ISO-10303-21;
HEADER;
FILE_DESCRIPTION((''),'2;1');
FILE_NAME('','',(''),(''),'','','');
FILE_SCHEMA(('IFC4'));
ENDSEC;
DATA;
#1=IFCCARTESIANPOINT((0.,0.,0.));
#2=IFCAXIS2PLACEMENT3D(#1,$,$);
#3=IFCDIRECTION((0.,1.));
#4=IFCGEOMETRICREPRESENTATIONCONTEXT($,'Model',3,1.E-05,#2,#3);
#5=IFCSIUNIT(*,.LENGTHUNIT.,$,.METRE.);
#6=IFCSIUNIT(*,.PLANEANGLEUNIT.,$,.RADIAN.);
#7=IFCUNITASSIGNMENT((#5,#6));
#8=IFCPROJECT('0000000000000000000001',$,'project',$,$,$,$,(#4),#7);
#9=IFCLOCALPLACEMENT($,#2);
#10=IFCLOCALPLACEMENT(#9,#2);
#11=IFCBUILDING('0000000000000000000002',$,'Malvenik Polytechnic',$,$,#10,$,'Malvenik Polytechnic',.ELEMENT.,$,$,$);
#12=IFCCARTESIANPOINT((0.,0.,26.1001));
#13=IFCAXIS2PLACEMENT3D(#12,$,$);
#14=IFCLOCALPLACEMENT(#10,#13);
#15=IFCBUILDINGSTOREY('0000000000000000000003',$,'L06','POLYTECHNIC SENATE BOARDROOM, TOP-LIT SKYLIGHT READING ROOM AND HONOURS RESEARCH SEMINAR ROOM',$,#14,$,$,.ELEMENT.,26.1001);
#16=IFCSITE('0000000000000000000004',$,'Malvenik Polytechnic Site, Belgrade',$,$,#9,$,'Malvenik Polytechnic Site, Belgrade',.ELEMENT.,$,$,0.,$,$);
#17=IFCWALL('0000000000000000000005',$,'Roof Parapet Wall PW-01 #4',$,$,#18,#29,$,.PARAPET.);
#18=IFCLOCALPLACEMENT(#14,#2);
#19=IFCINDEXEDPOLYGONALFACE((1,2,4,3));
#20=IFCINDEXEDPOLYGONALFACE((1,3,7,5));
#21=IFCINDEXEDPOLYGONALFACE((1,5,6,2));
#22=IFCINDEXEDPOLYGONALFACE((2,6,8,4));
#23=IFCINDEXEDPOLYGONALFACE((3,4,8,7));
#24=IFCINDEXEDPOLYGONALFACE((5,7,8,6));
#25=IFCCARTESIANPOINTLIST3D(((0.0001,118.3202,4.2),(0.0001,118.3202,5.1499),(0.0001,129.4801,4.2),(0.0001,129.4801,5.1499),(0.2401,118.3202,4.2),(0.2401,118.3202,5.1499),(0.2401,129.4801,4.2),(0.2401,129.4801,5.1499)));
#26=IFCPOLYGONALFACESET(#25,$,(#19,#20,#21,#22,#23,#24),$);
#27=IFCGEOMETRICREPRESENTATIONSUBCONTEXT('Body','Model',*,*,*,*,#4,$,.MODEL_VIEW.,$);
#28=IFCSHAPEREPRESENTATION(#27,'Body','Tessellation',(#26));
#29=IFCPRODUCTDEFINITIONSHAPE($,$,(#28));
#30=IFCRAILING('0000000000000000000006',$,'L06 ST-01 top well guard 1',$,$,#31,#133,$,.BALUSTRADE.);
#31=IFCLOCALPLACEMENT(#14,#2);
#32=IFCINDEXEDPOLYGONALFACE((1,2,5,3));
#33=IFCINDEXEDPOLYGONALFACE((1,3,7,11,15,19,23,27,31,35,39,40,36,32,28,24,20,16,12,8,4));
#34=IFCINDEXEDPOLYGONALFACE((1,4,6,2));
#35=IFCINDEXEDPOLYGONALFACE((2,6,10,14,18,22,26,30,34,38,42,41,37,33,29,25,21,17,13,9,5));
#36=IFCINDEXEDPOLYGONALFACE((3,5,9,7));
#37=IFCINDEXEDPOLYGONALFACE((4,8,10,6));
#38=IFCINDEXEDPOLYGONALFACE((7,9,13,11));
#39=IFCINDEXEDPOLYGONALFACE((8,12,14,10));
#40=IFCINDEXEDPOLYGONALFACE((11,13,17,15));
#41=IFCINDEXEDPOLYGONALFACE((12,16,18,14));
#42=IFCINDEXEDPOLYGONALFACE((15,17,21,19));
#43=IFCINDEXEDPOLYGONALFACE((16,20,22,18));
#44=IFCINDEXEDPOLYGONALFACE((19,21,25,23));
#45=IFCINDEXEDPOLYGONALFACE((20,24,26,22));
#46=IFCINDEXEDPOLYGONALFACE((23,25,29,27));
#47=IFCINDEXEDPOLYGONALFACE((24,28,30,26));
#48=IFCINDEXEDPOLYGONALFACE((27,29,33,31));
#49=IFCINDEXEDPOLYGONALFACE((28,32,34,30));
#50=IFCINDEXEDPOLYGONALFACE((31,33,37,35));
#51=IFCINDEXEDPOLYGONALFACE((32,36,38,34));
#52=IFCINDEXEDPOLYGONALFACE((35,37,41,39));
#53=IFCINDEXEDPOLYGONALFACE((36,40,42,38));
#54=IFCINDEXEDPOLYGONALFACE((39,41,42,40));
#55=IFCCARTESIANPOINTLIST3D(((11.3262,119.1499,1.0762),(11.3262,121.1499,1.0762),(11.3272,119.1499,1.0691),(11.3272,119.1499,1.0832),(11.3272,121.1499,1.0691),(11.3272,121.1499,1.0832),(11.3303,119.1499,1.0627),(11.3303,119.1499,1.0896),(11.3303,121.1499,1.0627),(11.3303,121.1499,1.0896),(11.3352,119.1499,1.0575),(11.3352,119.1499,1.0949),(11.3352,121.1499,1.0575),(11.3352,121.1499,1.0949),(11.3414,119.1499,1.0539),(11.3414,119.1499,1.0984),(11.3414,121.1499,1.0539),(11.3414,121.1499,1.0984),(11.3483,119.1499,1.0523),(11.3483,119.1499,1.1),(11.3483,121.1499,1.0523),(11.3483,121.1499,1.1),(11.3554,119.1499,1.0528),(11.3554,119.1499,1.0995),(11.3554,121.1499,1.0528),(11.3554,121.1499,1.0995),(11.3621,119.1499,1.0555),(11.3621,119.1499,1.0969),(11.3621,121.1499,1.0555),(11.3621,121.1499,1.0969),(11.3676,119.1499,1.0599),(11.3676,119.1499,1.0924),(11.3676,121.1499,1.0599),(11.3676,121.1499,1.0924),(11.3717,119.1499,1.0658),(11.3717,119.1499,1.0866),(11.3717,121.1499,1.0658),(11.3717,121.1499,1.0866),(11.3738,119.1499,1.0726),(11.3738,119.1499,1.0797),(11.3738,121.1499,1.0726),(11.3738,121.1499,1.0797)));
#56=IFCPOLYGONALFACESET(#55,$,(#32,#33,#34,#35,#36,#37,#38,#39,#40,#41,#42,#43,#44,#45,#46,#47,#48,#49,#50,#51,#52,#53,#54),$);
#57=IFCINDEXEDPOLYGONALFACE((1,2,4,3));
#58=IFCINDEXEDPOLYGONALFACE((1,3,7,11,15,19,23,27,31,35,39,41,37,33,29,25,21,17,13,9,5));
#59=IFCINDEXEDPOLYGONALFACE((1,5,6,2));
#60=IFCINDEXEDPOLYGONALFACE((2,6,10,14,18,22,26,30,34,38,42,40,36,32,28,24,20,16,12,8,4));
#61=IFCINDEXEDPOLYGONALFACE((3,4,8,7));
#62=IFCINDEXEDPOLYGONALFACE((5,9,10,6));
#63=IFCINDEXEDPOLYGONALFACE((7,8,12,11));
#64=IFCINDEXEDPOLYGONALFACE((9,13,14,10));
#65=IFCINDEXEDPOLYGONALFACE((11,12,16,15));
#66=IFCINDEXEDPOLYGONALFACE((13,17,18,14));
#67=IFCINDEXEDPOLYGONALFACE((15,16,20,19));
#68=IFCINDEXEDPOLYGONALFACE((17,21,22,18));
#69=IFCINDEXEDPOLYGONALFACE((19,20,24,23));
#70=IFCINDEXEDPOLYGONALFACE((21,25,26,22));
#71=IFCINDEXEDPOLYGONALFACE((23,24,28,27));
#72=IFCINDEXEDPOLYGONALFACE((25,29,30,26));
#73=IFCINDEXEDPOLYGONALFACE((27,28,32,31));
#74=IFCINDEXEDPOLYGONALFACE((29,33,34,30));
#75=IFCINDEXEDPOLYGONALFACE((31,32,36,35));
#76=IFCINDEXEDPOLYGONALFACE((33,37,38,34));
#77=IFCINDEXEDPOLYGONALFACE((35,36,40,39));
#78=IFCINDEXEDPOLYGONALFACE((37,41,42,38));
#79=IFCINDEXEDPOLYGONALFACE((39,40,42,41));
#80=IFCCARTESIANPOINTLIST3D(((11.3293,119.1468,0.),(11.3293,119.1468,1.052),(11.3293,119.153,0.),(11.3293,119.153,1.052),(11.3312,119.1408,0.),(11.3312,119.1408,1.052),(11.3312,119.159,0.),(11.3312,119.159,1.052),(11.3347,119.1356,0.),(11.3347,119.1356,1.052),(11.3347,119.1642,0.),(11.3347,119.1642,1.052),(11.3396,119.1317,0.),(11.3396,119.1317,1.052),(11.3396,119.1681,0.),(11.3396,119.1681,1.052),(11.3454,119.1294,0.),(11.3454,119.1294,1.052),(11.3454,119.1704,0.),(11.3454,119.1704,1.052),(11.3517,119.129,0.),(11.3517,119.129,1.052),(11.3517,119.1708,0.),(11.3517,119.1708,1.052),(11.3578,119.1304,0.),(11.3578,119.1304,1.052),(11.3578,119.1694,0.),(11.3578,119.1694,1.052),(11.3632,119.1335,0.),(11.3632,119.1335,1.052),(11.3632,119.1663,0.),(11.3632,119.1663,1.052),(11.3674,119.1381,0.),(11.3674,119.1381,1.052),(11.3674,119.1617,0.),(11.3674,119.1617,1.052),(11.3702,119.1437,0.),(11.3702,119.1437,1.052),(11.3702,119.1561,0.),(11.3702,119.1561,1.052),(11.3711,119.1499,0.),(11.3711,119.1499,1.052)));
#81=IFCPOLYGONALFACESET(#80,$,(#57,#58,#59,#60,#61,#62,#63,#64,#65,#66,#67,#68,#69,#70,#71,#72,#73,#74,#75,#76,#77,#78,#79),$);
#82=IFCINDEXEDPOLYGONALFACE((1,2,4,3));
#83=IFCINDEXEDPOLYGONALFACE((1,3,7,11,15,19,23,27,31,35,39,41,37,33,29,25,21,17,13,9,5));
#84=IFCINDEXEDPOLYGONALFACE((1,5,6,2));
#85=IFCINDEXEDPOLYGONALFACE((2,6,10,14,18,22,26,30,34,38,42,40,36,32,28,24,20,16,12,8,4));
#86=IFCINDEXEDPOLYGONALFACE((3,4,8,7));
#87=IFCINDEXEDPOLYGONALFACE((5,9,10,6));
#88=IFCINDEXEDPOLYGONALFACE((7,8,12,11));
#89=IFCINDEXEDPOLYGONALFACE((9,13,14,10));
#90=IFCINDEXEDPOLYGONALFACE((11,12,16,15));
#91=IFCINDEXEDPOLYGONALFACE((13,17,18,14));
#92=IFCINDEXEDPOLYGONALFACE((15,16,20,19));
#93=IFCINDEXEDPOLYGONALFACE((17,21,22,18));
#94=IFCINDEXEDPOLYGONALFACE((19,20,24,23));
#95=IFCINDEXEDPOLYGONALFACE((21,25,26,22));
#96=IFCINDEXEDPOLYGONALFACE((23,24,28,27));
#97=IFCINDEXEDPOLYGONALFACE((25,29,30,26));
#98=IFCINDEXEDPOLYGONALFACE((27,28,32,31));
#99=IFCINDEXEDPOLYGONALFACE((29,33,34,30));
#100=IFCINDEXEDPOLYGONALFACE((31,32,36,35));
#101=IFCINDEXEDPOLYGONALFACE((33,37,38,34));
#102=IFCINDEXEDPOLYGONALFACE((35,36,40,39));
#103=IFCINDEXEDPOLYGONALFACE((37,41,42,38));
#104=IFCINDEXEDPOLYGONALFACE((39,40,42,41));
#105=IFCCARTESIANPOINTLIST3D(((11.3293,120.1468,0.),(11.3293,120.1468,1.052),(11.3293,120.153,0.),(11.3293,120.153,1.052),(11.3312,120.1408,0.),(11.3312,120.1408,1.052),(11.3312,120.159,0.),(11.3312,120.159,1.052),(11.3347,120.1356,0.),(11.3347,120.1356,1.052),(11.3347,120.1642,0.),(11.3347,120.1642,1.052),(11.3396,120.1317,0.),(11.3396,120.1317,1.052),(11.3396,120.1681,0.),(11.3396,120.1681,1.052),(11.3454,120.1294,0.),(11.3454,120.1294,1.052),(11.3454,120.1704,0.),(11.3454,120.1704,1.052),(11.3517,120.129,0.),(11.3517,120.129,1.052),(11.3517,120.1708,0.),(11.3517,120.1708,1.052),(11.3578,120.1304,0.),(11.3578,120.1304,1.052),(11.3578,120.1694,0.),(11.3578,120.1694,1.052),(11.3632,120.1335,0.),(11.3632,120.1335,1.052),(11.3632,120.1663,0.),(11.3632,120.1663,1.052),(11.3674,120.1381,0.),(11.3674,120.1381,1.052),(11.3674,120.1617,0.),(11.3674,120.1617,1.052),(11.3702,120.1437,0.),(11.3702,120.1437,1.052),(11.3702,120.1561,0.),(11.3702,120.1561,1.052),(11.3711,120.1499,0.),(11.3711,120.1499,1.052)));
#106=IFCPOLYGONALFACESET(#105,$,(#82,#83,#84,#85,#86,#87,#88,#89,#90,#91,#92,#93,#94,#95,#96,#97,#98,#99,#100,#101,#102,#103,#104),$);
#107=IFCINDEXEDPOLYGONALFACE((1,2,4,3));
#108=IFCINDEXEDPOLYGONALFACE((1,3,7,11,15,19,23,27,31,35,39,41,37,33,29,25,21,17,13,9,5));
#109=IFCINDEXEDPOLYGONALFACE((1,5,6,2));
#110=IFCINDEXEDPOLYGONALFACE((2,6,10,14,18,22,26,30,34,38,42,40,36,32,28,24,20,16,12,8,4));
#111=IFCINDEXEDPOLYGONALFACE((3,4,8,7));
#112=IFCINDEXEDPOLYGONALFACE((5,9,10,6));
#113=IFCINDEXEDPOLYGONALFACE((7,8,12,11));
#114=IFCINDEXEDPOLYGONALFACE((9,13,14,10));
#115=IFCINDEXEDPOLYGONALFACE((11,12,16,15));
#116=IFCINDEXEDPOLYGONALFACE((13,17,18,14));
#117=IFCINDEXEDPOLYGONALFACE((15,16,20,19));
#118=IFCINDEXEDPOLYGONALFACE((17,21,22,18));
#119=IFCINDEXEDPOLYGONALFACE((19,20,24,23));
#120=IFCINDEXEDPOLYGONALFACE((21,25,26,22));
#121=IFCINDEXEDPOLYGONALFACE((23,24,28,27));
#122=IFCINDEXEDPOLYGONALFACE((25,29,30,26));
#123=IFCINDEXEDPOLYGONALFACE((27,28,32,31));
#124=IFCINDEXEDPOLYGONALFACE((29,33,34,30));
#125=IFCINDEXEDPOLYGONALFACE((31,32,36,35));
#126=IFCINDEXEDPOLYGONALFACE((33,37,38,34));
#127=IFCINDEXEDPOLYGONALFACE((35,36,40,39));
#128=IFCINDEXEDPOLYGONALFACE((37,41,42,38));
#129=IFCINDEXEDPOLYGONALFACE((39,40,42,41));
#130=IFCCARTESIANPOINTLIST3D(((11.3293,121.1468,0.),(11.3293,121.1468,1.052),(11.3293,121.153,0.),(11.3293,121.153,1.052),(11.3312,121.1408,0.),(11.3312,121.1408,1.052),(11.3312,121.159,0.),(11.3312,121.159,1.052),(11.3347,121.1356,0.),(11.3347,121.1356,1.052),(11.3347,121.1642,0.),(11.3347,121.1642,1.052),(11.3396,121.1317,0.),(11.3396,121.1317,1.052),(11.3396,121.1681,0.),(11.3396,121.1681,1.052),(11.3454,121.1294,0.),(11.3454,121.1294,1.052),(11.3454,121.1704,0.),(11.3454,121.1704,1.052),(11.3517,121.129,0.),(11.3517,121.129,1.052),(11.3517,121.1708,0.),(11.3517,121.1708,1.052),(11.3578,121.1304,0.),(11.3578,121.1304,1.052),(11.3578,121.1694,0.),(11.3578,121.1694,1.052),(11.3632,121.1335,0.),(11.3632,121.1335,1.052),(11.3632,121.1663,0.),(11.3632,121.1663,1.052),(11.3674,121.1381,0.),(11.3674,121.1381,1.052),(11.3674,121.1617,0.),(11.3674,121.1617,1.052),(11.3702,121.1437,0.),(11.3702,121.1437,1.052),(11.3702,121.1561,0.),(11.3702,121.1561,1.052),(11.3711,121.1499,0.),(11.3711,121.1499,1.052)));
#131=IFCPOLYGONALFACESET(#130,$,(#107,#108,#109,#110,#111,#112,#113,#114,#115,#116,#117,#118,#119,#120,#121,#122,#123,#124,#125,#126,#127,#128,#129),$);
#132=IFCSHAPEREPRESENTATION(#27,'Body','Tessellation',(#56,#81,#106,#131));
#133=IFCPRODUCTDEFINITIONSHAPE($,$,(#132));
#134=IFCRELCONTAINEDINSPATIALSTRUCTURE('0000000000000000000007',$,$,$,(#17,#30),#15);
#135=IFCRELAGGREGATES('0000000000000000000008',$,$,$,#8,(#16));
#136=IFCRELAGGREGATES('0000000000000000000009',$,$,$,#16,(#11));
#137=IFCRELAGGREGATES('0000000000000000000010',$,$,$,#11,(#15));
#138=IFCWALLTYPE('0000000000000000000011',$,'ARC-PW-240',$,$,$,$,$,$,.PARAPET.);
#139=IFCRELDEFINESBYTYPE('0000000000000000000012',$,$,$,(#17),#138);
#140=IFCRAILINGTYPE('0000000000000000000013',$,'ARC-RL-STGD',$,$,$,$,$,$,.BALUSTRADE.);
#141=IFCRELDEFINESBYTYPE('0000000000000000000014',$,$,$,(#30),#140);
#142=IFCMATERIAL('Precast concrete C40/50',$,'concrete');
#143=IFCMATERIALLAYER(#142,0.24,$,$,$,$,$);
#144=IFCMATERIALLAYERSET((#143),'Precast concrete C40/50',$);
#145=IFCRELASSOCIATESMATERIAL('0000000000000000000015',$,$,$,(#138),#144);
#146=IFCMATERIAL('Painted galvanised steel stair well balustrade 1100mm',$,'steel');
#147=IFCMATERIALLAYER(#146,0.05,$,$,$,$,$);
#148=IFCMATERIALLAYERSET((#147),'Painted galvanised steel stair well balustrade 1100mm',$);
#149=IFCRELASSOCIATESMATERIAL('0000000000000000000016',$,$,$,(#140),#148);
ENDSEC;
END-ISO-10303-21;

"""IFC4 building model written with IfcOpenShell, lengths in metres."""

from ifc_helpers import new_model, si_unit, direction, frame, frame_2d, origin, origin_2d, place, context, subcontext, project, spatial, rectangle, circle, extrude, material, layer, layer_set, type_object, element, save


model = new_model("IFC4")

# Units and contexts
model_context = context("Model", 3, precision=1e-05, world=origin(), true_north=direction((0.0, 1.0)))
body_context = subcontext(model_context, "Body", "Model", "MODEL_VIEW")
ifc_project = project(units=[si_unit("LENGTHUNIT", "METRE"), si_unit("PLANEANGLEUNIT", "RADIAN")], contexts=[model_context])

# Site, building, storey
site_placement = place(None, origin())
site = spatial("IfcSite", under=ifc_project, at=site_placement, Name="Malvenik Polytechnic Site, Belgrade", LongName="Malvenik Polytechnic Site, Belgrade", CompositionType="ELEMENT", RefElevation=0.0)
building_placement = place(site_placement, origin())
building = spatial("IfcBuilding", under=site, at=building_placement, Name="Malvenik Polytechnic", LongName="Malvenik Polytechnic", CompositionType="ELEMENT")
storey_placement = place(building_placement, frame((0.0, 0.0, 26.1001)))
storey = spatial("IfcBuildingStorey", under=building, at=storey_placement, Name="L06", Description="POLYTECHNIC SENATE BOARDROOM, TOP-LIT SKYLIGHT READING ROOM AND HONOURS RESEARCH SEMINAR ROOM", CompositionType="ELEMENT", Elevation=26.1001)

# Wall
ifc_material_1 = material(Name="Precast concrete C40/50", Category="concrete")
ifc_layer_1 = layer(ifc_material_1, 0.24)
ifc_layer_set_1 = layer_set([ifc_layer_1], Name="Precast concrete C40/50")
wall_type_1 = type_object("IfcWallType", Name="ARC-PW-240", PredefinedType="PARAPET", material=ifc_layer_set_1)
wall_1_placement = place(storey_placement, frame((0.1201, 118.3201, 4.2), z_axis=(0.0, 0.0, 1.0), x_axis=(0.0, 1.0, 0.0)))
element("IfcWall", 1, at=wall_1_placement, inside=storey, type_object=wall_type_1, Name="Roof Parapet Wall PW-01 #4", PredefinedType="PARAPET", context=body_context, shape_type="SweptSolid", body=[
    extrude(rectangle(XDim=11.1599, YDim=0.24, at=frame_2d((5.5801, 0.0))), origin(), (0.0, 0.0, 1.0), 0.95),
])

# Railing
ifc_material_2 = material(Name="Painted galvanised steel stair well balustrade 1100mm", Category="steel")
ifc_layer_2 = layer(ifc_material_2, 0.05)
ifc_layer_set_2 = layer_set([ifc_layer_2], Name="Painted galvanised steel stair well balustrade 1100mm")
railing_type_1 = type_object("IfcRailingType", Name="ARC-RL-STGD", PredefinedType="BALUSTRADE", material=ifc_layer_set_2)
for number, where, name in (
    (2, (11.3501, 119.1499, 0.0), "L06 ST-01 top well guard 1"),
):
    element("IfcRailing", number, at=place(storey_placement, frame(where)), inside=storey, type_object=railing_type_1, Name=name, PredefinedType="BALUSTRADE", context=body_context, shape_type="SweptSolid", body=[
        extrude(circle(Radius=0.0239, at=origin_2d()), frame((0.0, 0.0, 1.0762), z_axis=(0.0, 1.0, 0.0), x_axis=(-1.0, 0.0, 0.0)), (0.0, 0.0, 1.0), 2.0),
        extrude(circle(Radius=0.021, at=origin_2d()), origin(), (0.0, 0.0, 1.0), 1.052),
        extrude(circle(Radius=0.021, at=origin_2d()), frame((0.0, 1.0, 0.0)), (0.0, 0.0, 1.0), 1.052),
        extrude(circle(Radius=0.021, at=origin_2d()), frame((0.0, 2.0, 0.0)), (0.0, 0.0, 1.0), 1.052),
    ])

save(model, "model.ifc")
